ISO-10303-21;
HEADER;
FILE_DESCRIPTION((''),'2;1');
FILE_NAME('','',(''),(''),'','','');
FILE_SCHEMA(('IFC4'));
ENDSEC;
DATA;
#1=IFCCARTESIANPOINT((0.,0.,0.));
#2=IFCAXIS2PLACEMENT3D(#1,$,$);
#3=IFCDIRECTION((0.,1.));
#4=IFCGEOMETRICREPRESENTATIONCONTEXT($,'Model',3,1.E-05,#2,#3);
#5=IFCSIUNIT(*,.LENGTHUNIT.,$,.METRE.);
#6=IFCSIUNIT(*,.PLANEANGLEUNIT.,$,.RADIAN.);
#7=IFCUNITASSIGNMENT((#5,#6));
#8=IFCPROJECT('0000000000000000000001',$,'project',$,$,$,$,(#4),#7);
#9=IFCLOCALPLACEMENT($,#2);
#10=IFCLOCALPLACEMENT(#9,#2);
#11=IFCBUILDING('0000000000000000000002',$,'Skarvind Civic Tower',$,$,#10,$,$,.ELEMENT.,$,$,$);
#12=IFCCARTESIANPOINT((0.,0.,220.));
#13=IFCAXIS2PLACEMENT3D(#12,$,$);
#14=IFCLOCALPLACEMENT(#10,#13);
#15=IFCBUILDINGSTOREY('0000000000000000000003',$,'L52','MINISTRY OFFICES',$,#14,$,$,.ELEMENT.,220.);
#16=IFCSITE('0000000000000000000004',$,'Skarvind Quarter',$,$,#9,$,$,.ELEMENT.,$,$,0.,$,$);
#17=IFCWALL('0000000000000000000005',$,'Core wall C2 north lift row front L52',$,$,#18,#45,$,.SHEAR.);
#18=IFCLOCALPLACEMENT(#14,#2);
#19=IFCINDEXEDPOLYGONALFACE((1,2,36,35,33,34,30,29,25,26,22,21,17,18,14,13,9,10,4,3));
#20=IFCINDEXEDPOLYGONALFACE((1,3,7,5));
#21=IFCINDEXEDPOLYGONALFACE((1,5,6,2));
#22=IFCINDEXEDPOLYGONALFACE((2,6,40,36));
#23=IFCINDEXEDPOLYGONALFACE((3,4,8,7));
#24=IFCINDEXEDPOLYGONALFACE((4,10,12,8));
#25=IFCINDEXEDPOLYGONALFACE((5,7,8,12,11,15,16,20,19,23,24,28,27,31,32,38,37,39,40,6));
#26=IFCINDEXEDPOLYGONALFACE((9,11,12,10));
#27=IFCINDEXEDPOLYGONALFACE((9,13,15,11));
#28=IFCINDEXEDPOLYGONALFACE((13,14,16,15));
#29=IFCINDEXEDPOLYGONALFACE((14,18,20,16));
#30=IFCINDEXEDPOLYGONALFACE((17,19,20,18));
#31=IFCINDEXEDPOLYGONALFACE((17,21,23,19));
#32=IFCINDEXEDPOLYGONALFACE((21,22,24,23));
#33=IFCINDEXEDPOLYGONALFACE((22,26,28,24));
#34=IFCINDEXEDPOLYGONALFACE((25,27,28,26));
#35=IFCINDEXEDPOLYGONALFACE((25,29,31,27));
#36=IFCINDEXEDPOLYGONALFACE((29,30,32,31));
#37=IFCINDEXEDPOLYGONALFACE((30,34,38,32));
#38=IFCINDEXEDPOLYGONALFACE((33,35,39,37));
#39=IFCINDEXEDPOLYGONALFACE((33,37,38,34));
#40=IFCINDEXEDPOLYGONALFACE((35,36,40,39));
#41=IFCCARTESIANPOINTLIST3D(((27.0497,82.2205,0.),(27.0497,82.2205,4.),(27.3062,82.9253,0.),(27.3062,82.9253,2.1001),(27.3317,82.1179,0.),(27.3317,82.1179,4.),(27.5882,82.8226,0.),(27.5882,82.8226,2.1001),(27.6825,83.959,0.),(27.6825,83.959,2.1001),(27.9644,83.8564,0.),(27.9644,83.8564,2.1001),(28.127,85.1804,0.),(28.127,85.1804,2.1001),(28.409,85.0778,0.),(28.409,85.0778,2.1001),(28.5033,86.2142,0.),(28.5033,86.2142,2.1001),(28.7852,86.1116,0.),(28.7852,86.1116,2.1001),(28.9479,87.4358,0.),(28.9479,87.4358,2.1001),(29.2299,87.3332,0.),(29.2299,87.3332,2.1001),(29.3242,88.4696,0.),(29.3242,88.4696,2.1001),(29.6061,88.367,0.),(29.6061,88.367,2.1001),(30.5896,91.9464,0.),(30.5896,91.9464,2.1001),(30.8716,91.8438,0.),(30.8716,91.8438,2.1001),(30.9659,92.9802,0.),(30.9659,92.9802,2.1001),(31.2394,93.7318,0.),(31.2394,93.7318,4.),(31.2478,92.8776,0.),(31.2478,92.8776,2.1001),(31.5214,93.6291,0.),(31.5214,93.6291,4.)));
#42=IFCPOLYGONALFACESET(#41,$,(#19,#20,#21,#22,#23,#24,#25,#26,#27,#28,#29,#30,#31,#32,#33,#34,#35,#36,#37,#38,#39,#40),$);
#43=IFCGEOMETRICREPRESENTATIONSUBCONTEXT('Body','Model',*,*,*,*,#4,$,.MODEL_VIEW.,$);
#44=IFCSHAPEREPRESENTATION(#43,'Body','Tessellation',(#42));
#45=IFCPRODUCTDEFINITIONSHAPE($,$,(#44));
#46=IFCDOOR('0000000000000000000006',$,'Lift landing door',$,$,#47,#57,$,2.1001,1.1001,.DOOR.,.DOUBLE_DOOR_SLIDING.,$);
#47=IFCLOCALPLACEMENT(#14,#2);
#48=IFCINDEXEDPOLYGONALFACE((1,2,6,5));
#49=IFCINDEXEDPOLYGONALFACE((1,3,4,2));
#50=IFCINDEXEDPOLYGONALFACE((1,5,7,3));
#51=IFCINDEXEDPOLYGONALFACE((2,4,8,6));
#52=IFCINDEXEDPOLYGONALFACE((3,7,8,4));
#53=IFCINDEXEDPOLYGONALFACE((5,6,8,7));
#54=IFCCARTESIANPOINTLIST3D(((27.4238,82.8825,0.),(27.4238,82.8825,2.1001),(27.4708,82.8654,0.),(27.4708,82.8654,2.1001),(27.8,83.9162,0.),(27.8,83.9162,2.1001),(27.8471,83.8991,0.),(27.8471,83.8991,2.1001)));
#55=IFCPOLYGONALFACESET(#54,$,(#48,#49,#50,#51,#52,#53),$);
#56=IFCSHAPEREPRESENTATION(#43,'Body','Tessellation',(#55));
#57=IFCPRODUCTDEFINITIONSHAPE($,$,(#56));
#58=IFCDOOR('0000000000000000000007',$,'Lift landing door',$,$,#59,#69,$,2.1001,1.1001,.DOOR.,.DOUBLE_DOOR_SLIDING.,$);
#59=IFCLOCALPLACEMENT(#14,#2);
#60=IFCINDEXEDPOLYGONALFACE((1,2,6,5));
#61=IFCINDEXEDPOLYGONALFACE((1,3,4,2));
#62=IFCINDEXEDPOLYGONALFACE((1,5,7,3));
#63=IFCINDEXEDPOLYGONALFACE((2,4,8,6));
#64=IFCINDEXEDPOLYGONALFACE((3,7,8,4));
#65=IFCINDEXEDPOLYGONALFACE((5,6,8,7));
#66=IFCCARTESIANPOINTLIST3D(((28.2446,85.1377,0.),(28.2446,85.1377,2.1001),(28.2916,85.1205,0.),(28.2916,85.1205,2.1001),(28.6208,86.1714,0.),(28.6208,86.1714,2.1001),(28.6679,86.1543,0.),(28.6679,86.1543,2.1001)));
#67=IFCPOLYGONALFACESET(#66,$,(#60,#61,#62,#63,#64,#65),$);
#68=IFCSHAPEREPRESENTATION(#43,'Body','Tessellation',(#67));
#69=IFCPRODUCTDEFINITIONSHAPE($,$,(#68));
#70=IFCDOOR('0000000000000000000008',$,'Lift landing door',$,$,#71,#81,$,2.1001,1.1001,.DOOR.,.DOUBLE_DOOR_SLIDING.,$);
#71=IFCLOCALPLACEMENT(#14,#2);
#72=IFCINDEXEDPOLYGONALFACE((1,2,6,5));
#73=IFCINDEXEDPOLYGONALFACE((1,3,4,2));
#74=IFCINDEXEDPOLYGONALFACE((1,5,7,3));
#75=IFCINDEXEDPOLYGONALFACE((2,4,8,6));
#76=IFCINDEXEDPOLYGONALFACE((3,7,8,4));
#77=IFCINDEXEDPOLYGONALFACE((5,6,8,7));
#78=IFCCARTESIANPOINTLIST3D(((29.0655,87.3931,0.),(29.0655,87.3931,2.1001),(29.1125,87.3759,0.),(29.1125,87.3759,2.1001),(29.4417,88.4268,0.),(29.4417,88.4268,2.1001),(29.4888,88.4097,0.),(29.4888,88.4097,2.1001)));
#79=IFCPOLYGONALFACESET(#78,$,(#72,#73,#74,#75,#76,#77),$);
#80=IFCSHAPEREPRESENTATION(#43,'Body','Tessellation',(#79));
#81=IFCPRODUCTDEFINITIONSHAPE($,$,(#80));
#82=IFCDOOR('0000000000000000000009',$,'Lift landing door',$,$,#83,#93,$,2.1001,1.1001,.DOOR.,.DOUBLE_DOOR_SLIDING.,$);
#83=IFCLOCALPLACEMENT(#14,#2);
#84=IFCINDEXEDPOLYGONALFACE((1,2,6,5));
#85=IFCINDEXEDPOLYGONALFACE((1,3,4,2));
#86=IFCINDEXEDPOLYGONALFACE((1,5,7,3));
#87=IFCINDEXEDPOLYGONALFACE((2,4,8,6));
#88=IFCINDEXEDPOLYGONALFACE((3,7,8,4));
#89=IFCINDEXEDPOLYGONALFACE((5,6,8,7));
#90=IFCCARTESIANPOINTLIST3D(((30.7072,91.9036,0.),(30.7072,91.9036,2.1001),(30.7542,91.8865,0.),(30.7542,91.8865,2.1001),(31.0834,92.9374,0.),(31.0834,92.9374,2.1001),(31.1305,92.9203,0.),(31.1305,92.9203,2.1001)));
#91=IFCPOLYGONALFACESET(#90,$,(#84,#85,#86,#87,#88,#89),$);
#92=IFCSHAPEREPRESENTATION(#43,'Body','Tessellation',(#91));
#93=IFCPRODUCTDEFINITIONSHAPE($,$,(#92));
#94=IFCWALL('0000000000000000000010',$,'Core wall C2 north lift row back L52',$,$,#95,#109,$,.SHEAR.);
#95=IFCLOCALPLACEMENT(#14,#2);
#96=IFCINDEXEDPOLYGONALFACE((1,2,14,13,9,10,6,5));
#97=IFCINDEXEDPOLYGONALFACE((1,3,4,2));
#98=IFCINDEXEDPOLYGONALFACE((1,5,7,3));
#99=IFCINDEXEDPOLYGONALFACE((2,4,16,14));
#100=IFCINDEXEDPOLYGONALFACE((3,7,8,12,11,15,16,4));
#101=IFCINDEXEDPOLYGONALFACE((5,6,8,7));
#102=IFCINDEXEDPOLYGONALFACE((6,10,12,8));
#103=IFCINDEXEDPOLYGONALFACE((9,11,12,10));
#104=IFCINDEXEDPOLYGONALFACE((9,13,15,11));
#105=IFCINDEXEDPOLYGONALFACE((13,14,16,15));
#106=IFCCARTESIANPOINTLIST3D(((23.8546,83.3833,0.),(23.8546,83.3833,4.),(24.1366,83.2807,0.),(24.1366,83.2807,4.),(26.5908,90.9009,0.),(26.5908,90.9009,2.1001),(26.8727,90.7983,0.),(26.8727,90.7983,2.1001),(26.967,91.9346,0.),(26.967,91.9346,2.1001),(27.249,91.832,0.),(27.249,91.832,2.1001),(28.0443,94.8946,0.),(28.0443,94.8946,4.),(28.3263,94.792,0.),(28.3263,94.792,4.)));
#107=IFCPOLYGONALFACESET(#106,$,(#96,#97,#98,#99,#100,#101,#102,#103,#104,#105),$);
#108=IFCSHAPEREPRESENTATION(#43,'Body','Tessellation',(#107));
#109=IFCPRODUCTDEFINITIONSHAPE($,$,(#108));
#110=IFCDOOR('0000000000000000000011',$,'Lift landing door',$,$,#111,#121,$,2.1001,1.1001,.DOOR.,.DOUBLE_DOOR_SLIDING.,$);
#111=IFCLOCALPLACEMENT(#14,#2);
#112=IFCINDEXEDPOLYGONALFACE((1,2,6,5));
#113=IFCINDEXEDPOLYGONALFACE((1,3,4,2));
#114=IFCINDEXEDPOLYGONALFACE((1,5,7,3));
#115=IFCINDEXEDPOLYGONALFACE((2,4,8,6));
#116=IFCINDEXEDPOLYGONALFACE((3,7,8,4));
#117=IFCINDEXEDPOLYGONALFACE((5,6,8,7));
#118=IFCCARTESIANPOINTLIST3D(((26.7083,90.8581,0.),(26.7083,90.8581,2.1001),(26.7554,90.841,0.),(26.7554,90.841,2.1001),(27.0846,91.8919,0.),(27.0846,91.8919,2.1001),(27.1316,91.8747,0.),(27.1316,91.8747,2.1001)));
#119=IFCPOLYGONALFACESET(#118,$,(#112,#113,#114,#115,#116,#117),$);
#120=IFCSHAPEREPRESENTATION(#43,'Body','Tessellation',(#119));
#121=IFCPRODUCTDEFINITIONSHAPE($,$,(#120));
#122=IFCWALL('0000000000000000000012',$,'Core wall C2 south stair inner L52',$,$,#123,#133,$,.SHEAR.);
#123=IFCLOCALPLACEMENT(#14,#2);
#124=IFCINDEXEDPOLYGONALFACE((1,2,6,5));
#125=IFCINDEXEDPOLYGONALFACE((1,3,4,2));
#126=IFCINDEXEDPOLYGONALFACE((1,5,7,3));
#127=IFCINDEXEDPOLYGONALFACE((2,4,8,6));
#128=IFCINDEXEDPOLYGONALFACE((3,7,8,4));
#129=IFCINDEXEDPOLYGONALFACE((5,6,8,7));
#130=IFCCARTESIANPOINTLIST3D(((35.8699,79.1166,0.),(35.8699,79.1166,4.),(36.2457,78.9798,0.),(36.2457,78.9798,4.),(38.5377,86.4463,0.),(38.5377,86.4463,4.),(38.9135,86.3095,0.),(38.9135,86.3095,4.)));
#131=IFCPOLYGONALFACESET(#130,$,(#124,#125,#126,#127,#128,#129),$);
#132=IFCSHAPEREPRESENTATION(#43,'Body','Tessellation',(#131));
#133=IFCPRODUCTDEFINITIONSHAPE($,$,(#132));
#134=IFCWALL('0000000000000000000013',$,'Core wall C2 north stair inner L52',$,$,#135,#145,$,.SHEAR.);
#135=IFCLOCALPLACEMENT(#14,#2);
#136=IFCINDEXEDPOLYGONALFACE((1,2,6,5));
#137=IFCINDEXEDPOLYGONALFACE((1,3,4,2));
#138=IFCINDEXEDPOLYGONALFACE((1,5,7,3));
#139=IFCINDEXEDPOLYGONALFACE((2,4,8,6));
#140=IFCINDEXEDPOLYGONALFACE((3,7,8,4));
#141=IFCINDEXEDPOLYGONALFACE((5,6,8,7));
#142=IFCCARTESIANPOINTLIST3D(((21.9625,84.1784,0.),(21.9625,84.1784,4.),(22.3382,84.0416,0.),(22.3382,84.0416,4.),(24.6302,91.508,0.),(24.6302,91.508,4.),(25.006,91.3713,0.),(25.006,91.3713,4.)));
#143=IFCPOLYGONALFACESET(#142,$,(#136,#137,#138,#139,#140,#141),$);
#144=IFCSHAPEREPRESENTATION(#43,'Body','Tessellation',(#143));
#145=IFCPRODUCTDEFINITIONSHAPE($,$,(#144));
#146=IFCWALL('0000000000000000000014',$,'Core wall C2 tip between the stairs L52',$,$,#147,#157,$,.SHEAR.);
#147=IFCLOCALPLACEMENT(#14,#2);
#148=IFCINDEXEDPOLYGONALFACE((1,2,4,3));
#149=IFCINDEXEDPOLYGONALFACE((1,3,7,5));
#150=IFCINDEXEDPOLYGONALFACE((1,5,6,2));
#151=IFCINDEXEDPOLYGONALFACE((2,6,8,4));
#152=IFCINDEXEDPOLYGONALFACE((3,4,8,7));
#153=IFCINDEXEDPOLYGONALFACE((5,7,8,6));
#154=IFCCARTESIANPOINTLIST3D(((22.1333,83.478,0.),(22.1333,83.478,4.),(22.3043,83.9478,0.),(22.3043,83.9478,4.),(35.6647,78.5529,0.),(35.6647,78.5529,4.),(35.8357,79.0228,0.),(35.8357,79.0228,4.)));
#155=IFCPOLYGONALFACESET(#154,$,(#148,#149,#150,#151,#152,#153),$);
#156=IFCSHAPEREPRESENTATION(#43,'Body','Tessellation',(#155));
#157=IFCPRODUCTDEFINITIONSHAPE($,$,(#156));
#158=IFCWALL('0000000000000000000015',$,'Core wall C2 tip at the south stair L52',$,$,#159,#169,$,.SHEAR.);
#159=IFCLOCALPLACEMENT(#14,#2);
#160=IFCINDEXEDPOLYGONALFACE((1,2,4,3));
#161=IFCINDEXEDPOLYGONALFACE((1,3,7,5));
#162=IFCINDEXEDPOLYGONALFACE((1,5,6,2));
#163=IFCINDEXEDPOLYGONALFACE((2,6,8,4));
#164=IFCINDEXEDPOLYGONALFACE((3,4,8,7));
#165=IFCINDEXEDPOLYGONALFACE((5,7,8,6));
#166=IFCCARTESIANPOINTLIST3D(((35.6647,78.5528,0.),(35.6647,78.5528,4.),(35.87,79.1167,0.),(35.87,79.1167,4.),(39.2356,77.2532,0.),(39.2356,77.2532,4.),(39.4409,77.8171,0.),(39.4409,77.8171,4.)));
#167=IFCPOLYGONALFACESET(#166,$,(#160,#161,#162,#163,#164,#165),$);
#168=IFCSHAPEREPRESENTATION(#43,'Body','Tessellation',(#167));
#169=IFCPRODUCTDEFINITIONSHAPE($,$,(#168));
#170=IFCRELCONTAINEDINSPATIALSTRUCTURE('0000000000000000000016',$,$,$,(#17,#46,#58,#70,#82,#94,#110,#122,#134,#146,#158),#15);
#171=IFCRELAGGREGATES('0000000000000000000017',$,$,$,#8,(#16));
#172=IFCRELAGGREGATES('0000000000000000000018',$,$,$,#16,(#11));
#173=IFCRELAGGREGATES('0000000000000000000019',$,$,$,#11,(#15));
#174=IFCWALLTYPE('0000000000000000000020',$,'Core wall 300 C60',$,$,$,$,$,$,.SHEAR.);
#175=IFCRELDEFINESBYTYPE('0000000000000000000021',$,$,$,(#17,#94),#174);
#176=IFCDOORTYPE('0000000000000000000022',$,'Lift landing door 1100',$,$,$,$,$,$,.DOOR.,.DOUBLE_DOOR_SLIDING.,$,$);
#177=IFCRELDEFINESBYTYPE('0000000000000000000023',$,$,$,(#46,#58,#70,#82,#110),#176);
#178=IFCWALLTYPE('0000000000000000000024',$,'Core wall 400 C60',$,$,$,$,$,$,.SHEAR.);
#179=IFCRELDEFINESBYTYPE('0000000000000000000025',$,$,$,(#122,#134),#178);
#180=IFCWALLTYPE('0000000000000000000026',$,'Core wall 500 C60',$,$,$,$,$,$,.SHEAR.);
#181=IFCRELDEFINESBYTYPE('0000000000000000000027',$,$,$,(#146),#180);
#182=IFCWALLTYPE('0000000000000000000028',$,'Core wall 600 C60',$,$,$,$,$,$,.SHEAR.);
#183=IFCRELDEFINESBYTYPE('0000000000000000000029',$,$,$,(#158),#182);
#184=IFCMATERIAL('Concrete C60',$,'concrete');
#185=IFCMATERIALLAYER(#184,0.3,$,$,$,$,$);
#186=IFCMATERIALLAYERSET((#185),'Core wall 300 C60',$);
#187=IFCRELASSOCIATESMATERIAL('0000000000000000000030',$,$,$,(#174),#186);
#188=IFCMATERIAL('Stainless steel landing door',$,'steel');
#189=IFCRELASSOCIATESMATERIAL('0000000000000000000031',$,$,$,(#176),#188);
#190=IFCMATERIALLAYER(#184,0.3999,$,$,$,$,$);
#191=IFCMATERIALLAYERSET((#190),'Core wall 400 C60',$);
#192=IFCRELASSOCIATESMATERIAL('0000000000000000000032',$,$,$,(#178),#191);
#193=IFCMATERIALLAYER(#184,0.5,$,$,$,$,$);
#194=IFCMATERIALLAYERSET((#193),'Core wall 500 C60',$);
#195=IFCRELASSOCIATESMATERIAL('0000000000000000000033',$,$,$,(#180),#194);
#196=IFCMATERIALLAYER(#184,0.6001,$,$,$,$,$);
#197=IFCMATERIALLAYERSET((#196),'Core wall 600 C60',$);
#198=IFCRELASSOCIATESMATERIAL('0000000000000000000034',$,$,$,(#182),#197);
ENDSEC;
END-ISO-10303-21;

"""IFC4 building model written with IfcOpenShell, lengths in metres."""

from ifc_helpers import new_model, si_unit, direction, frame, frame_2d, origin, place, context, subcontext, project, spatial, rectangle, extrude, material, layer, layer_set, type_object, element, fill, save


model = new_model("IFC4")

# Units and contexts
model_context = context("Model", 3, precision=1e-05, world=origin(), true_north=direction((0.0, 1.0)))
body_context = subcontext(model_context, "Body", "Model", "MODEL_VIEW")
ifc_project = project(units=[si_unit("LENGTHUNIT", "METRE"), si_unit("PLANEANGLEUNIT", "RADIAN")], contexts=[model_context])

# Site, building, storey
site_placement = place(None, origin())
site = spatial("IfcSite", under=ifc_project, at=site_placement, Name="Skarvind Quarter", CompositionType="ELEMENT", RefElevation=0.0)
building_placement = place(site_placement, origin())
building = spatial("IfcBuilding", under=site, at=building_placement, Name="Skarvind Civic Tower", CompositionType="ELEMENT")
storey_placement = place(building_placement, frame((0.0, 0.0, 220.0)))
storey = spatial("IfcBuildingStorey", under=building, at=storey_placement, Name="L52", Description="MINISTRY OFFICES", CompositionType="ELEMENT", Elevation=220.0)

# Shared definitions
ifc_material_1 = material(Name="Concrete C60", Category="concrete")
ifc_layer_1 = layer(ifc_material_1, 0.3)
ifc_layer_set_1 = layer_set([ifc_layer_1], Name="Core wall 300 C60")
wall_type_1 = type_object("IfcWallType", Name="Core wall 300 C60", PredefinedType="SHEAR", material=ifc_layer_set_1)

# Wall, openings, doors
wall_1_placement = place(storey_placement, frame((27.1907, 82.1692, 0.0), z_axis=(0.0, 0.0, 1.0), x_axis=(0.342017, 0.939694, 0.0)))
wall_1 = element("IfcWall", 1, at=wall_1_placement, inside=storey, type_object=wall_type_1, Name="Core wall C2 north lift row front L52", PredefinedType="SHEAR", context=body_context, shape_type="SweptSolid", body=[
    extrude(rectangle(XDim=12.25, YDim=0.3, at=frame_2d((6.125, 0.0))), origin(), (0.0, 0.0, 1.0), 4.0),
])
opening_1_placement = place(wall_1_placement, frame((0.75, 0.0, 0.0)))
opening_1 = element("IfcOpeningElement", 2, at=opening_1_placement, cuts=wall_1, PredefinedType="OPENING", context=body_context, shape_type="SweptSolid", body=[
    extrude(rectangle(XDim=1.1001, YDim=2.1001, at=frame_2d((0.55, 1.05))), frame((0.0, 0.1599, 0.0), z_axis=(0.0, -1.0, 0.0), x_axis=(1.0, 0.0, 0.0)), (0.0, 0.0, 1.0), 0.3201),
])
opening_2_placement = place(wall_1_placement, frame((3.1499, 0.0, 0.0)))
opening_2 = element("IfcOpeningElement", 3, at=opening_2_placement, cuts=wall_1, PredefinedType="OPENING", context=body_context, shape_type="SweptSolid", body=[
    extrude(rectangle(XDim=1.1001, YDim=2.1001, at=frame_2d((0.55, 1.05))), frame((0.0, 0.1599, 0.0), z_axis=(0.0, -1.0, 0.0), x_axis=(1.0, 0.0, 0.0)), (0.0, 0.0, 1.0), 0.3201),
])
opening_3_placement = place(wall_1_placement, frame((5.55, 0.0, 0.0)))
opening_3 = element("IfcOpeningElement", 4, at=opening_3_placement, cuts=wall_1, PredefinedType="OPENING", context=body_context, shape_type="SweptSolid", body=[
    extrude(rectangle(XDim=1.1001, YDim=2.1001, at=frame_2d((0.55, 1.05))), frame((0.0, 0.1599, 0.0), z_axis=(0.0, -1.0, 0.0), x_axis=(1.0, 0.0, 0.0)), (0.0, 0.0, 1.0), 0.3201),
])
opening_4_placement = place(wall_1_placement, frame((10.3501, 0.0, 0.0)))
opening_4 = element("IfcOpeningElement", 5, at=opening_4_placement, cuts=wall_1, PredefinedType="OPENING", context=body_context, shape_type="SweptSolid", body=[
    extrude(rectangle(XDim=1.1001, YDim=2.1001, at=frame_2d((0.55, 1.05))), frame((0.0, 0.1599, 0.0), z_axis=(0.0, -1.0, 0.0), x_axis=(1.0, 0.0, 0.0)), (0.0, 0.0, 1.0), 0.3201),
])
ifc_material_2 = material(Name="Stainless steel landing door", Category="steel")
door_type_1 = type_object("IfcDoorType", Name="Lift landing door 1100", OperationType="DOUBLE_DOOR_SLIDING", PredefinedType="DOOR", material=ifc_material_2)
door_1_placement = place(opening_1_placement, origin())
door_1 = element("IfcDoor", 6, at=door_1_placement, inside=storey, type_object=door_type_1, Name="Lift landing door", OperationType="DOUBLE_DOOR_SLIDING", OverallHeight=2.1001, OverallWidth=1.1001, PredefinedType="DOOR", context=body_context, shape_type="SweptSolid", body=[
    extrude(rectangle(XDim=1.1001, YDim=2.1001, at=frame_2d((0.55, 1.05))), frame((0.0, 0.0249, 0.0), z_axis=(0.0, -1.0, 0.0), x_axis=(1.0, 0.0, 0.0)), (0.0, 0.0, 1.0), 0.05),
])
fill(opening_1, door_1)
door_2_placement = place(opening_2_placement, origin())
door_2 = element("IfcDoor", 7, at=door_2_placement, inside=storey, type_object=door_type_1, Name="Lift landing door", OperationType="DOUBLE_DOOR_SLIDING", OverallHeight=2.1001, OverallWidth=1.1001, PredefinedType="DOOR", context=body_context, shape_type="SweptSolid", body=[
    extrude(rectangle(XDim=1.1001, YDim=2.1001, at=frame_2d((0.55, 1.05))), frame((0.0, 0.0249, 0.0), z_axis=(0.0, -1.0, 0.0), x_axis=(1.0, 0.0, 0.0)), (0.0, 0.0, 1.0), 0.05),
])
fill(opening_2, door_2)
door_3_placement = place(opening_3_placement, origin())
door_3 = element("IfcDoor", 8, at=door_3_placement, inside=storey, type_object=door_type_1, Name="Lift landing door", OperationType="DOUBLE_DOOR_SLIDING", OverallHeight=2.1001, OverallWidth=1.1001, PredefinedType="DOOR", context=body_context, shape_type="SweptSolid", body=[
    extrude(rectangle(XDim=1.1001, YDim=2.1001, at=frame_2d((0.55, 1.05))), frame((0.0, 0.0249, 0.0), z_axis=(0.0, -1.0, 0.0), x_axis=(1.0, 0.0, 0.0)), (0.0, 0.0, 1.0), 0.05),
])
fill(opening_3, door_3)
door_4_placement = place(opening_4_placement, origin())
door_4 = element("IfcDoor", 9, at=door_4_placement, inside=storey, type_object=door_type_1, Name="Lift landing door", OperationType="DOUBLE_DOOR_SLIDING", OverallHeight=2.1001, OverallWidth=1.1001, PredefinedType="DOOR", context=body_context, shape_type="SweptSolid", body=[
    extrude(rectangle(XDim=1.1001, YDim=2.1001, at=frame_2d((0.55, 1.05))), frame((0.0, 0.0249, 0.0), z_axis=(0.0, -1.0, 0.0), x_axis=(1.0, 0.0, 0.0)), (0.0, 0.0, 1.0), 0.05),
])
fill(opening_4, door_4)

# Wall, opening, door
wall_2_placement = place(storey_placement, frame((23.9956, 83.332, 0.0), z_axis=(0.0, 0.0, 1.0), x_axis=(0.342017, 0.939694, 0.0)))
wall_2 = element("IfcWall", 10, at=wall_2_placement, inside=storey, type_object=wall_type_1, Name="Core wall C2 north lift row back L52", PredefinedType="SHEAR", context=body_context, shape_type="SweptSolid", body=[
    extrude(rectangle(XDim=12.25, YDim=0.3, at=frame_2d((6.125, 0.0))), origin(), (0.0, 0.0, 1.0), 4.0),
])
opening_5_placement = place(wall_2_placement, frame((8.0, 0.0, 0.0)))
opening_5 = element("IfcOpeningElement", 11, at=opening_5_placement, cuts=wall_2, PredefinedType="OPENING", context=body_context, shape_type="SweptSolid", body=[
    extrude(rectangle(XDim=1.1001, YDim=2.1001, at=frame_2d((0.55, 1.05))), frame((0.0, 0.1599, 0.0), z_axis=(0.0, -1.0, 0.0), x_axis=(1.0, 0.0, 0.0)), (0.0, 0.0, 1.0), 0.3201),
])
door_5_placement = place(opening_5_placement, origin())
door_5 = element("IfcDoor", 12, at=door_5_placement, inside=storey, type_object=door_type_1, Name="Lift landing door", OperationType="DOUBLE_DOOR_SLIDING", OverallHeight=2.1001, OverallWidth=1.1001, PredefinedType="DOOR", context=body_context, shape_type="SweptSolid", body=[
    extrude(rectangle(XDim=1.1001, YDim=2.1001, at=frame_2d((0.55, 1.05))), frame((0.0, 0.0249, 0.0), z_axis=(0.0, -1.0, 0.0), x_axis=(1.0, 0.0, 0.0)), (0.0, 0.0, 1.0), 0.05),
])
fill(opening_5, door_5)

# Walls
ifc_layer_2 = layer(ifc_material_1, 0.3999)
ifc_layer_set_2 = layer_set([ifc_layer_2], Name="Core wall 400 C60")
wall_type_2 = type_object("IfcWallType", Name="Core wall 400 C60", PredefinedType="SHEAR", material=ifc_layer_set_2)
for number, where, z_axis, x_axis, name in (
    (13, (36.0579, 79.0483, 0.0), (0.0, 0.0, 1.0), (0.342017, 0.939694, 0.0), "Core wall C2 south stair inner L52"),
    (14, (22.1504, 84.1101, 0.0), (0.0, 0.0, 1.0), (0.342017, 0.939694, 0.0), "Core wall C2 north stair inner L52"),
):
    element("IfcWall", number, at=place(storey_placement, frame(where, z_axis=z_axis, x_axis=x_axis)), inside=storey, type_object=wall_type_2, Name=name, PredefinedType="SHEAR", context=body_context, shape_type="SweptSolid", body=[
        extrude(rectangle(XDim=7.8, YDim=0.3999, at=frame_2d((3.8999, 0.0))), origin(), (0.0, 0.0, 1.0), 4.0),
    ])
ifc_layer_3 = layer(ifc_material_1, 0.5)
ifc_layer_set_3 = layer_set([ifc_layer_3], Name="Core wall 500 C60")
wall_type_3 = type_object("IfcWallType", Name="Core wall 500 C60", PredefinedType="SHEAR", material=ifc_layer_set_3)
wall_3_placement = place(storey_placement, frame((35.7502, 78.7878, 0.0), z_axis=(0.0, 0.0, 1.0), x_axis=(-0.939693, 0.342019, 0.0)))
element("IfcWall", 15, at=wall_3_placement, inside=storey, type_object=wall_type_3, Name="Core wall C2 tip between the stairs L52", PredefinedType="SHEAR", context=body_context, shape_type="SweptSolid", body=[
    extrude(rectangle(XDim=14.3999, YDim=0.5, at=frame_2d((7.2, 0.0))), origin(), (0.0, 0.0, 1.0), 4.0),
])
ifc_layer_4 = layer(ifc_material_1, 0.6001)
ifc_layer_set_4 = layer_set([ifc_layer_4], Name="Core wall 600 C60")
wall_type_4 = type_object("IfcWallType", Name="Core wall 600 C60", PredefinedType="SHEAR", material=ifc_layer_set_4)
for number, where, z_axis, x_axis, name in (
    (16, (39.3381, 77.5352, 0.0), (0.0, 0.0, 1.0), (-0.939701, 0.341996, 0.0), "Core wall C2 tip at the south stair L52"),
):
    element("IfcWall", number, at=place(storey_placement, frame(where, z_axis=z_axis, x_axis=x_axis)), inside=storey, type_object=wall_type_4, Name=name, PredefinedType="SHEAR", context=body_context, shape_type="SweptSolid", body=[
        extrude(rectangle(XDim=3.8, YDim=0.6001, at=frame_2d((1.8999, 0.0))), origin(), (0.0, 0.0, 1.0), 4.0),
    ])

save(model, "model.ifc")
